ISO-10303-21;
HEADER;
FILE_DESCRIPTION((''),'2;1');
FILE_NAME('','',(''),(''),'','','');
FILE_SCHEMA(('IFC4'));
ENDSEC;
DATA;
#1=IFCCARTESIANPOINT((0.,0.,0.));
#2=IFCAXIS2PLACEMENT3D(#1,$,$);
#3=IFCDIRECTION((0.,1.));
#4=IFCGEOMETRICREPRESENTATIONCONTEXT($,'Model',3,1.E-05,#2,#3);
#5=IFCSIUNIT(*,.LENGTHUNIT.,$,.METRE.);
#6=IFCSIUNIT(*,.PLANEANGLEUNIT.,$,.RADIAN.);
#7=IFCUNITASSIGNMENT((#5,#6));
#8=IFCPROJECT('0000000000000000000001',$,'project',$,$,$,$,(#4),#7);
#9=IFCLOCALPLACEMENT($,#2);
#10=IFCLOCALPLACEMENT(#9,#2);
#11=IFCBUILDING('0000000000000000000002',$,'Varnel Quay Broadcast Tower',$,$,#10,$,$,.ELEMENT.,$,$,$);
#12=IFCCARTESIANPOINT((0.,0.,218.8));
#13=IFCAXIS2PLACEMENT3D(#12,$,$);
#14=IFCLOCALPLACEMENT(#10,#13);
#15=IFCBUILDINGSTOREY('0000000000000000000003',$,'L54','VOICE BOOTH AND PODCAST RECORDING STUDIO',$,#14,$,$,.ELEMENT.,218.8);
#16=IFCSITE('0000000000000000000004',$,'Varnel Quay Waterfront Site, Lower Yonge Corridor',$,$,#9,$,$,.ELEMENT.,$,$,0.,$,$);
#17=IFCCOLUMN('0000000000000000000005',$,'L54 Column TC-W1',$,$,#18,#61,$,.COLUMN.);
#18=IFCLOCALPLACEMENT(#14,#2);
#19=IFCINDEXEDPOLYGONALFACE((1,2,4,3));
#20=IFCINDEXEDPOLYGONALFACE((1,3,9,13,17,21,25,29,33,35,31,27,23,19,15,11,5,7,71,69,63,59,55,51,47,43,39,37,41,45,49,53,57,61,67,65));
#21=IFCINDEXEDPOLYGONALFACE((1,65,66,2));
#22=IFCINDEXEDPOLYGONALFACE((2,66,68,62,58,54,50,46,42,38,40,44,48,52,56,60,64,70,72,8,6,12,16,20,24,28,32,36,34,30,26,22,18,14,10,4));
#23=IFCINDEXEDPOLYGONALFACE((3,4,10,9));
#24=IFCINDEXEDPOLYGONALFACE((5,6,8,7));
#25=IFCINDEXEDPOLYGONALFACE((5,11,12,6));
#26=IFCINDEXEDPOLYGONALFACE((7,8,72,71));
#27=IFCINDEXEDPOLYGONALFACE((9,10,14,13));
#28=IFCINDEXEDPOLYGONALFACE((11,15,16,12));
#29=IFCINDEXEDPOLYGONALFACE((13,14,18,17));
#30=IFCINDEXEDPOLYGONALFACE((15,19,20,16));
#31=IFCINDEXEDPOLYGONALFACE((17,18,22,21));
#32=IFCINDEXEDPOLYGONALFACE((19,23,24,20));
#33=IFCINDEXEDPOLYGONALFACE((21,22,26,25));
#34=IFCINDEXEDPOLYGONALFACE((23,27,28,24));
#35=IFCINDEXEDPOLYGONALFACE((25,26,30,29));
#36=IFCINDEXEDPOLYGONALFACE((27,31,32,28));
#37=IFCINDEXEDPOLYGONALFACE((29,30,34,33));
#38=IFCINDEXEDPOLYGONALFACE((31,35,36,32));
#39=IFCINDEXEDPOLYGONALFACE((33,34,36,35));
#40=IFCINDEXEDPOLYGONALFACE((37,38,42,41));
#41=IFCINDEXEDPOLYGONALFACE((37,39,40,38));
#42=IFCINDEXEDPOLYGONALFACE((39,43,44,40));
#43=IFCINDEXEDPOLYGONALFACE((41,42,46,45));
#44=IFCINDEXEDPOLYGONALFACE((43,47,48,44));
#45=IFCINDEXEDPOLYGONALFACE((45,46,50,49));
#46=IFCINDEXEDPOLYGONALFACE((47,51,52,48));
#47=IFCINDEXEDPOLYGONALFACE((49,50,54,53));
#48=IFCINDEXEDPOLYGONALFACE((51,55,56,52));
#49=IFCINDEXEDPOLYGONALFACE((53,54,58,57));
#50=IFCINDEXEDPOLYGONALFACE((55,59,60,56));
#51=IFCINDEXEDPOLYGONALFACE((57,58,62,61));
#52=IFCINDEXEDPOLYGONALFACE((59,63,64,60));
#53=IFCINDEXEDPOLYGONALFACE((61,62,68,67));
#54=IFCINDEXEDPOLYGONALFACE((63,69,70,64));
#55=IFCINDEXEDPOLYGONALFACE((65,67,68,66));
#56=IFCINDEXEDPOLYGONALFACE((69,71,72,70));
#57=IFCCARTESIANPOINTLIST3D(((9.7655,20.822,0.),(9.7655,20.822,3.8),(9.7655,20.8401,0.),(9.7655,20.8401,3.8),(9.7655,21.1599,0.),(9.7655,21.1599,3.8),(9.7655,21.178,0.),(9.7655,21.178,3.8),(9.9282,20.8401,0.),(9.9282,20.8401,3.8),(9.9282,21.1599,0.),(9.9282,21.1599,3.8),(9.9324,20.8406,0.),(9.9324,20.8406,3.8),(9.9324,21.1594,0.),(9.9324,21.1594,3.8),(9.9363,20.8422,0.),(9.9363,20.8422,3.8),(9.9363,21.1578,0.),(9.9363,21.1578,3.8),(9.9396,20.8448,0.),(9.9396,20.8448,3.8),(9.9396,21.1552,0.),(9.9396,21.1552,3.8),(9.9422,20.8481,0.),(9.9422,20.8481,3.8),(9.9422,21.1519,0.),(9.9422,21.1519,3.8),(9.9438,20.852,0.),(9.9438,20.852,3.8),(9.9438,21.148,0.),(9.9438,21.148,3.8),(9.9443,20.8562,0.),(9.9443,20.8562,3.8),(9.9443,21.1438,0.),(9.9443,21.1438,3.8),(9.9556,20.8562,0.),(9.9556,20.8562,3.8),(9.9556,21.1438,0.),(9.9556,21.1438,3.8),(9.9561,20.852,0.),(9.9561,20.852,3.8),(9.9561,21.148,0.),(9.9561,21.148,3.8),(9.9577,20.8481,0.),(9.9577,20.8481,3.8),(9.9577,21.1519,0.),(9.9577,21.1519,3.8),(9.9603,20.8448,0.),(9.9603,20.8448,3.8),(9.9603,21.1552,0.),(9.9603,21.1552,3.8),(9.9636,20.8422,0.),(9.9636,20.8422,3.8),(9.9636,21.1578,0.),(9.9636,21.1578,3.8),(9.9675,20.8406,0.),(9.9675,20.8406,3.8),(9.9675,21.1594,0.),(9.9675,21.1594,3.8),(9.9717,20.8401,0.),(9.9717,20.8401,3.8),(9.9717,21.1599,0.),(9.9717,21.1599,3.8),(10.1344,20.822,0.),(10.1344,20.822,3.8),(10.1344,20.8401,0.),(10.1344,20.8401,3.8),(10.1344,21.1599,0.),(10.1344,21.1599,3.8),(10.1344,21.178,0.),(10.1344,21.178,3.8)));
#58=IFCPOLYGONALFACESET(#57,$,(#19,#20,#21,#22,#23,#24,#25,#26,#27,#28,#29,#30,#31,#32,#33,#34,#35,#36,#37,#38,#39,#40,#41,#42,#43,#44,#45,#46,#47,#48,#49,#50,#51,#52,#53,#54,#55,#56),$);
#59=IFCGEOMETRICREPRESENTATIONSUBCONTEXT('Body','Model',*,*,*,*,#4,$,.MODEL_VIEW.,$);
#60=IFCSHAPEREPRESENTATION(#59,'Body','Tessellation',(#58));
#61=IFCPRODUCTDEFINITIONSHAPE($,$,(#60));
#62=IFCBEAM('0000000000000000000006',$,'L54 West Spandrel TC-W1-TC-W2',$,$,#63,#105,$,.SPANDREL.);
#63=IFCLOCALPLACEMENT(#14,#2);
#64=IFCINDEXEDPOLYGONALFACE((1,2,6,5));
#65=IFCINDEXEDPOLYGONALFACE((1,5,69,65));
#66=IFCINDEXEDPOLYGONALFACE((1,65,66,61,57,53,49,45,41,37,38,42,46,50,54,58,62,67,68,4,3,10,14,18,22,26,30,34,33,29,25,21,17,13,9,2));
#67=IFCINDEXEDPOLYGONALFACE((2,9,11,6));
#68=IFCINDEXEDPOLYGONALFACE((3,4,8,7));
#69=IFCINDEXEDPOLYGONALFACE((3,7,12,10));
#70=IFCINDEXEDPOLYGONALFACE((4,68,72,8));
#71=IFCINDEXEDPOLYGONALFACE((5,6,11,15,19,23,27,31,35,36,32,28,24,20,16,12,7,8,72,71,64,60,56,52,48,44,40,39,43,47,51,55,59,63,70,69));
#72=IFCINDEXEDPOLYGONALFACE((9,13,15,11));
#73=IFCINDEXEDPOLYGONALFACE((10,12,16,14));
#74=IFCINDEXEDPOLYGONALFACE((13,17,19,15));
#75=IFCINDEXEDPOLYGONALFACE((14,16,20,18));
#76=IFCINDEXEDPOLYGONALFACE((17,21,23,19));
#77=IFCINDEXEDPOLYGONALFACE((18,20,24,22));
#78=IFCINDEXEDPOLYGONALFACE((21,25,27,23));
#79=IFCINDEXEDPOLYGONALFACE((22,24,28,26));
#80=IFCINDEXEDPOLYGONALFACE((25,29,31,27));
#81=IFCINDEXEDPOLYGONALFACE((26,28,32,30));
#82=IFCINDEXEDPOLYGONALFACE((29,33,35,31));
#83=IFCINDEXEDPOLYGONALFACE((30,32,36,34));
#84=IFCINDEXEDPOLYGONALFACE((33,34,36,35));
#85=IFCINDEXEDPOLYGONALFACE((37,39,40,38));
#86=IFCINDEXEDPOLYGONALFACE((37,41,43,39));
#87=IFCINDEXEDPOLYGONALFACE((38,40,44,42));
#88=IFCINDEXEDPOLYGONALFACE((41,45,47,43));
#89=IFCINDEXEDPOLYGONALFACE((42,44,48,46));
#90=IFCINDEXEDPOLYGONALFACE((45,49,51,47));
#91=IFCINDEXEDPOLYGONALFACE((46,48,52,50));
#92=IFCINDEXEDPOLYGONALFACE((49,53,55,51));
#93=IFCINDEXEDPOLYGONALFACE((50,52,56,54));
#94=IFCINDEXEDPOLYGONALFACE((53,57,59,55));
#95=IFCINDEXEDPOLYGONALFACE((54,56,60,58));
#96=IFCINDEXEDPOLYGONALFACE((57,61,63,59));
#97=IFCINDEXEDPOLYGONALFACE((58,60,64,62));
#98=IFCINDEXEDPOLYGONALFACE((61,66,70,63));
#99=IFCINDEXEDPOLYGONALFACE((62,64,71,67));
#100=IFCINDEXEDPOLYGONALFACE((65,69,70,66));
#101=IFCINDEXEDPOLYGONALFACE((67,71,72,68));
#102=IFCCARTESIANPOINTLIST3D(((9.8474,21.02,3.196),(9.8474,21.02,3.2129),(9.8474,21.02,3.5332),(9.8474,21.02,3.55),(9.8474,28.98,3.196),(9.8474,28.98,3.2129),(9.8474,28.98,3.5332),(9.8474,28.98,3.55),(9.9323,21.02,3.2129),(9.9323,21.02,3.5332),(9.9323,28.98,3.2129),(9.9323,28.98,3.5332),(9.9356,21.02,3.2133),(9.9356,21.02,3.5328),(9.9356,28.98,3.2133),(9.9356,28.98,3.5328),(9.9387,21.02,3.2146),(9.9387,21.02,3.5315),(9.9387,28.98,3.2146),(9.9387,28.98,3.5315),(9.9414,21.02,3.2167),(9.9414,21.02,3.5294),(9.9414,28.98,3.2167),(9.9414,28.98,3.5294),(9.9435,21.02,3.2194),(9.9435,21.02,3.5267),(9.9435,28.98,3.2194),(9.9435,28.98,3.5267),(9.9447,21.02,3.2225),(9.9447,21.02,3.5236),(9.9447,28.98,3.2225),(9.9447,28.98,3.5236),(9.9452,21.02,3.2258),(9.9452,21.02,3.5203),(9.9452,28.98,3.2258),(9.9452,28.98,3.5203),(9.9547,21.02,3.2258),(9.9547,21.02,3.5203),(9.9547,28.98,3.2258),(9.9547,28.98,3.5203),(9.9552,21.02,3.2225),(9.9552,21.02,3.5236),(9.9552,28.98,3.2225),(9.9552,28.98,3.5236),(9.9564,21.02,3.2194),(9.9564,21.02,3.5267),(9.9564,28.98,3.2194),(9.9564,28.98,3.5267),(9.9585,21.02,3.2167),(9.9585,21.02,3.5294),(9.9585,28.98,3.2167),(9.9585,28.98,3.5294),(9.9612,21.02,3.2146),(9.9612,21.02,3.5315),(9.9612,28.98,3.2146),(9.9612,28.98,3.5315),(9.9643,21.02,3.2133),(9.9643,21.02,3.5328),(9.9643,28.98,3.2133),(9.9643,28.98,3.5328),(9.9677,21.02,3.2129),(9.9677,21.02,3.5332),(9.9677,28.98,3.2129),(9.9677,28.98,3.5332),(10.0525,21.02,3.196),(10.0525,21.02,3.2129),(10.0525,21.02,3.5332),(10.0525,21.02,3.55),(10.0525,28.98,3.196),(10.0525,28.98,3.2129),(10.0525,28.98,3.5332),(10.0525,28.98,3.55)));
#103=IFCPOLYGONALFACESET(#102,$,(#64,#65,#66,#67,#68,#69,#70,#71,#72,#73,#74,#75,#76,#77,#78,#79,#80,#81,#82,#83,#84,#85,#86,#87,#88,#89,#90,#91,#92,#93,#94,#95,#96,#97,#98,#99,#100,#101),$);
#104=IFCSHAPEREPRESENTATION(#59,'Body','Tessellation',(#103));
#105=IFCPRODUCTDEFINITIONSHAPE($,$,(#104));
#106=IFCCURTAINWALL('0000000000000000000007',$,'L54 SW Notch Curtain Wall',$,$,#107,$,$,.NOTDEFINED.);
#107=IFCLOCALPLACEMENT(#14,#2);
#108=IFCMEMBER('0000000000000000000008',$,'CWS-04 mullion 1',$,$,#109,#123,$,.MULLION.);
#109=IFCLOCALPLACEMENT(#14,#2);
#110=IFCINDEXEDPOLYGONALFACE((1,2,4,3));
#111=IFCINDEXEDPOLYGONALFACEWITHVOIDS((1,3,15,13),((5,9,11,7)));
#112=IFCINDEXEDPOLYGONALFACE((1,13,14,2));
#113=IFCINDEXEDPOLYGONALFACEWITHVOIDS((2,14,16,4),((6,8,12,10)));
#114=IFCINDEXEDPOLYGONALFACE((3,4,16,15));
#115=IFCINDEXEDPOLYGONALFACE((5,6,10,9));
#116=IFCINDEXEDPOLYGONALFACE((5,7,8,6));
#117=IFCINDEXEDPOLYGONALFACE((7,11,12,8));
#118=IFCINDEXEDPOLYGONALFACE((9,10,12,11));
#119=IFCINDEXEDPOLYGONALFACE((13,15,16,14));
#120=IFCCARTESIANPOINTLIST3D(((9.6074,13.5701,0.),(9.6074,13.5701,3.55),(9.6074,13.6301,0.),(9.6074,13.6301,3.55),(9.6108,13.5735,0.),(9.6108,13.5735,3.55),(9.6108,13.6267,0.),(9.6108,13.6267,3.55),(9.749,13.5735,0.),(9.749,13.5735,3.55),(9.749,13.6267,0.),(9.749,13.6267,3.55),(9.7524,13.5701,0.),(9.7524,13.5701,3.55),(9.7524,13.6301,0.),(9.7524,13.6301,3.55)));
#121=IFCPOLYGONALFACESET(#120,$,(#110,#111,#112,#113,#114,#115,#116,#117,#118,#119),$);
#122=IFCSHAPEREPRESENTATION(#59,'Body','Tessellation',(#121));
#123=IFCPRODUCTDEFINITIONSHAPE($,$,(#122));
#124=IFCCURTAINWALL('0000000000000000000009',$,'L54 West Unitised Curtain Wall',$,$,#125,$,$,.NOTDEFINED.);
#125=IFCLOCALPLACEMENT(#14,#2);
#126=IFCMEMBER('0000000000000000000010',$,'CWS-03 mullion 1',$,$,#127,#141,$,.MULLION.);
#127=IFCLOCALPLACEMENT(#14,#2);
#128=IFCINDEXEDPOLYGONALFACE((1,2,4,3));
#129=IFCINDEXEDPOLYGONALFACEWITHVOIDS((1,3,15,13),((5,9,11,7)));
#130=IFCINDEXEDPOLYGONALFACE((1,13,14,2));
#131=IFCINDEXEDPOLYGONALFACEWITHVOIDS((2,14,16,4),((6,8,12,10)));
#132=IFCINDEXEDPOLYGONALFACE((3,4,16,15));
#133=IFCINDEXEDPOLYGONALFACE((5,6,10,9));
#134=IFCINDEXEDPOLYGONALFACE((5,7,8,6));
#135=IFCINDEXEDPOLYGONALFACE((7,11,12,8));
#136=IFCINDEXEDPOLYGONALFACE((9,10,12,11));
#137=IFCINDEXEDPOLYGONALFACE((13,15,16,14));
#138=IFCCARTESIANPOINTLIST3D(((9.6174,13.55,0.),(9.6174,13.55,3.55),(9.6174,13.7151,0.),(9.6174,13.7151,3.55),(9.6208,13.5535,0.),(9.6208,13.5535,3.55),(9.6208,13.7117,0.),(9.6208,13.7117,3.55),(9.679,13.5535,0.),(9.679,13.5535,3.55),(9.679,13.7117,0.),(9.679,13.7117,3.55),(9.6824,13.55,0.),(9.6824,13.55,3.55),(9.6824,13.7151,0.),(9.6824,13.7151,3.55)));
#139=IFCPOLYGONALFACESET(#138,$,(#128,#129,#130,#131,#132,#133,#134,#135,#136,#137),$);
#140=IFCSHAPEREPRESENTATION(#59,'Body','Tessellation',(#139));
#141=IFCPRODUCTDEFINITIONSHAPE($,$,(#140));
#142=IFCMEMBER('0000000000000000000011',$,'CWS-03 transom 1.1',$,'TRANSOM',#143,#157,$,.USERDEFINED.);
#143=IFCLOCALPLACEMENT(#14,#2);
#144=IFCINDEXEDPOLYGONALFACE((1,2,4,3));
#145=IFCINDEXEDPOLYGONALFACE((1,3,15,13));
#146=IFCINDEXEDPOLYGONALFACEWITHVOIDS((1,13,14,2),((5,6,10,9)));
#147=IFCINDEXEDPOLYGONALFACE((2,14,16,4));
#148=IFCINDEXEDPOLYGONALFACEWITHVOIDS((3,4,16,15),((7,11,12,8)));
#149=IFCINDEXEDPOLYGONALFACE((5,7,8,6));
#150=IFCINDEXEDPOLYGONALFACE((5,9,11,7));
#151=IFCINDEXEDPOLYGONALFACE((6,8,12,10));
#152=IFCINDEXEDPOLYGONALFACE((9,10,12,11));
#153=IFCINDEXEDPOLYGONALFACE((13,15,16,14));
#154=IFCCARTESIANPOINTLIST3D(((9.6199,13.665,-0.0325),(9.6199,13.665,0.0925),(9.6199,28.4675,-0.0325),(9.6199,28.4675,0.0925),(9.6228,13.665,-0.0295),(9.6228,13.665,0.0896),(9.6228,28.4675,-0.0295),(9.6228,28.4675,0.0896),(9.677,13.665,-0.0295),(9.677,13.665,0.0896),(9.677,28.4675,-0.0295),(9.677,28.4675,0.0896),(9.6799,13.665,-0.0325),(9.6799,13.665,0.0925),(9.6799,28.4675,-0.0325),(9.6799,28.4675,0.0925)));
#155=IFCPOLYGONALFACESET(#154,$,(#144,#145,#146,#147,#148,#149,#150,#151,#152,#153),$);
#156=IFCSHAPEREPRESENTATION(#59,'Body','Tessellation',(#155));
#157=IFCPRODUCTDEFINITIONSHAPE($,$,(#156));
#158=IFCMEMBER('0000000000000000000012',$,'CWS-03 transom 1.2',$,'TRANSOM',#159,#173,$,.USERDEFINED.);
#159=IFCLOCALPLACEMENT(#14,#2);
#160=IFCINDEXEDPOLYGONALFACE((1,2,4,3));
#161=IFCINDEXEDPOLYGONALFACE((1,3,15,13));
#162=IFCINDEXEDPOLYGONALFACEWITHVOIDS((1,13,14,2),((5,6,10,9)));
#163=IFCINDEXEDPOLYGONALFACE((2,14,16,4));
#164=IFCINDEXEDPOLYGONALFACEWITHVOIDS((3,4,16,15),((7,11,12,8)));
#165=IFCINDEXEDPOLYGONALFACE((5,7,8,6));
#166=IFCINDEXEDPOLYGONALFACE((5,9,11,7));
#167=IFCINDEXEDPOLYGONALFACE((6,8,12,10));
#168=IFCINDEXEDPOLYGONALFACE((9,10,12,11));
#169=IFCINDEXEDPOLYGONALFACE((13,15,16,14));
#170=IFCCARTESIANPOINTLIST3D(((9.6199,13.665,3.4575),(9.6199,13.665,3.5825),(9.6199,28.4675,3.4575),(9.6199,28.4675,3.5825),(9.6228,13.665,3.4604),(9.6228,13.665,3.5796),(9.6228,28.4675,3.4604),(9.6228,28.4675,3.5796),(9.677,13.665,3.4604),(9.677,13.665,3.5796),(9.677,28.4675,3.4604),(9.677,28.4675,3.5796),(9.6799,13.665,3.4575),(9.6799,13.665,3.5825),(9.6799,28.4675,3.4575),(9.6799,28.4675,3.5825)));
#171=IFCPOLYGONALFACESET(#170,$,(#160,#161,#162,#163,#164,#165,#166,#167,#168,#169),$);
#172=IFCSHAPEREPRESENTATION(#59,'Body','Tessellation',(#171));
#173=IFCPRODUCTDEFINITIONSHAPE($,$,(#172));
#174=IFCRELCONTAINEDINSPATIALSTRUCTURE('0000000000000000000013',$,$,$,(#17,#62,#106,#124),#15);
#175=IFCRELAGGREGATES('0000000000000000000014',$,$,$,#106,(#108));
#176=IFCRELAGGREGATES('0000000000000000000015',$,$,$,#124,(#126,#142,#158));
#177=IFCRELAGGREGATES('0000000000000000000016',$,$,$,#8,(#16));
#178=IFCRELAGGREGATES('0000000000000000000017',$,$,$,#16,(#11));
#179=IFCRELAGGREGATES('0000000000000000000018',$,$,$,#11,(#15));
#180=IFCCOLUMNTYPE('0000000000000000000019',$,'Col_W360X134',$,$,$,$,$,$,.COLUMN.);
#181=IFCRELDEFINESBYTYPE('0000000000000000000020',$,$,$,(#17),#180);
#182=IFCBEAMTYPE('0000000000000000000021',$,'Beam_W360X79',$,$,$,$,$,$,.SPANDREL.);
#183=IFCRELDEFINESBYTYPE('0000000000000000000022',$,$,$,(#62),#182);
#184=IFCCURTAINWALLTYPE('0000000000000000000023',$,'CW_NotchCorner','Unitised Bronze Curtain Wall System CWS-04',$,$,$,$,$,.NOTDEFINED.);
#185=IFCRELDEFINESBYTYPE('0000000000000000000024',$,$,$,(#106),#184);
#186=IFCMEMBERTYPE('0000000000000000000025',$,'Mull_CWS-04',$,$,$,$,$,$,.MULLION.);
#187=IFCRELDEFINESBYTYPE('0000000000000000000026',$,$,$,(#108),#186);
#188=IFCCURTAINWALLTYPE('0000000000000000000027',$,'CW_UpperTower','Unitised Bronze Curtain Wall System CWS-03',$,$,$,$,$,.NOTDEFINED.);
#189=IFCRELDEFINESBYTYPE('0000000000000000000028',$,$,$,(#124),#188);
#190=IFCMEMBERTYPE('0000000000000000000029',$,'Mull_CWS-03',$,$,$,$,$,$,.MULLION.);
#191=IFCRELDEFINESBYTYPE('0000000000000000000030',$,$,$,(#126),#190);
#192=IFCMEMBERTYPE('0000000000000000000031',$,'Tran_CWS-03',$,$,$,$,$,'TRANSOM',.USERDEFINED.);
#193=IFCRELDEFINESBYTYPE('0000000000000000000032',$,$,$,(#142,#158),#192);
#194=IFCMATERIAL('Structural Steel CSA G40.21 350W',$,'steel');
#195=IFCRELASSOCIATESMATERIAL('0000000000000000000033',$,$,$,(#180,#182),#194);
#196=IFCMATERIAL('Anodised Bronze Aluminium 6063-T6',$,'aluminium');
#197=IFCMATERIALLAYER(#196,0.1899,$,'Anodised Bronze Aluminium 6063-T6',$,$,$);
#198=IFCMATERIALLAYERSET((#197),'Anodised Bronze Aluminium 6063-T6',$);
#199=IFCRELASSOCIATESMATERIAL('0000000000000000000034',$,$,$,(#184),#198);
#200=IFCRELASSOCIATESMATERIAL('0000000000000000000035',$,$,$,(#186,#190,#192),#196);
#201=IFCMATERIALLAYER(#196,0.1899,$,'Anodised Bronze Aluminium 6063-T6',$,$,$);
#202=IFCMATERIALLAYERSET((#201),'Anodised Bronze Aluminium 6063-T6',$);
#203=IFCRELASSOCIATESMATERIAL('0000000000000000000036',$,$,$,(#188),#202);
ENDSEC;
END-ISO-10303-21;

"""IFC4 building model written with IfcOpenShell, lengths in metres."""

from ifc_helpers import new_model, si_unit, direction, frame, origin, origin_2d, place, context, subcontext, project, spatial, hollow_rectangle, i_section, extrude, source, transform, mapped, material, layer, layer_set, material_profile, profile_set, type_object, type_shapes, element, aggregate, save


model = new_model("IFC4")

# Units and contexts
model_context = context("Model", 3, precision=1e-05, world=origin(), true_north=direction((0.0, 1.0)))
body_context = subcontext(model_context, "Body", "Model", "MODEL_VIEW")
ifc_project = project(units=[si_unit("LENGTHUNIT", "METRE"), si_unit("PLANEANGLEUNIT", "RADIAN")], contexts=[model_context])

# Site, building, storey
site_placement = place(None, origin())
site = spatial("IfcSite", under=ifc_project, at=site_placement, Name="Varnel Quay Waterfront Site, Lower Yonge Corridor", CompositionType="ELEMENT", RefElevation=0.0)
building_placement = place(site_placement, origin())
building = spatial("IfcBuilding", under=site, at=building_placement, Name="Varnel Quay Broadcast Tower", CompositionType="ELEMENT")
storey_placement = place(building_placement, frame((0.0, 0.0, 218.8)))
storey = spatial("IfcBuildingStorey", under=building, at=storey_placement, Name="L54", Description="VOICE BOOTH AND PODCAST RECORDING STUDIO", CompositionType="ELEMENT", Elevation=218.8)

# Column
ifc_material_1 = material(Name="Structural Steel CSA G40.21 350W", Category="steel")
ifc_material_profile_1 = material_profile(ifc_material_1, i_section(OverallWidth=0.3689, OverallDepth=0.356, WebThickness=0.0112, FlangeThickness=0.0181, FilletRadius=0.0161, at=origin_2d()), Name="W360X134")
ifc_profile_set_1 = profile_set([ifc_material_profile_1], Name="Structural Steel CSA G40.21 350W")
column_type = type_object("IfcColumnType", Name="Col_W360X134", PredefinedType="COLUMN", material=ifc_profile_set_1)
shared_shape_1 = source(origin(), body_context, "Body", "SweptSolid", [
    extrude(i_section(OverallWidth=0.3689, OverallDepth=0.356, WebThickness=0.0112, FlangeThickness=0.0181, FilletRadius=0.0161, at=origin_2d()), origin(), (0.0, 0.0, 1.0), 3.8),
])
type_shapes(column_type, [shared_shape_1])
column_placement = place(storey_placement, frame((9.95, 21.0, 0.0), z_axis=(0.0, 0.0, 1.0), x_axis=(1.0, 0.0, 0.0)))
element("IfcColumn", 1, at=column_placement, inside=storey, type_object=column_type, Name="L54 Column TC-W1", PredefinedType="COLUMN", context=body_context, shape_type="MappedRepresentation", body=[
    mapped(shared_shape_1, transform((0.0, 0.0, 0.0), x_axis=(1.0, 0.0, 0.0), y_axis=(0.0, 1.0, 0.0), z_axis=(0.0, 0.0, 1.0), scale=1.0)),
])

# Beam
ifc_material_profile_2 = material_profile(ifc_material_1, i_section(OverallWidth=0.2051, OverallDepth=0.354, WebThickness=0.0095, FlangeThickness=0.0168, FilletRadius=0.0129, at=origin_2d()), Name="W360X79")
ifc_profile_set_2 = profile_set([ifc_material_profile_2], Name="Structural Steel CSA G40.21 350W")
beam_type = type_object("IfcBeamType", Name="Beam_W360X79", PredefinedType="SPANDREL", material=ifc_profile_set_2)
shared_shape_2 = source(origin(), body_context, "Body", "SweptSolid", [
    extrude(i_section(OverallWidth=0.2051, OverallDepth=0.354, WebThickness=0.0095, FlangeThickness=0.0168, FilletRadius=0.0129, at=origin_2d()), origin(), (0.0, 0.0, 1.0), 7.96),
])
type_shapes(beam_type, [shared_shape_2])
beam_placement = place(storey_placement, frame((9.95, 21.02, 3.373), z_axis=(0.0, 1.0, 0.0), x_axis=(-1.0, 0.0, 0.0)))
element("IfcBeam", 2, at=beam_placement, inside=storey, type_object=beam_type, Name="L54 West Spandrel TC-W1-TC-W2", PredefinedType="SPANDREL", context=body_context, shape_type="MappedRepresentation", body=[
    mapped(shared_shape_2, transform((0.0, 0.0, 0.0), x_axis=(1.0, 0.0, 0.0), y_axis=(0.0, 1.0, 0.0), z_axis=(0.0, 0.0, 1.0), scale=1.0)),
])

# Curtain wall, member
ifc_material_2 = material(Name="Anodised Bronze Aluminium 6063-T6", Category="aluminium")
ifc_layer_1 = layer(ifc_material_2, 0.1899, Name="Anodised Bronze Aluminium 6063-T6")
ifc_layer_set_1 = layer_set([ifc_layer_1], Name="Anodised Bronze Aluminium 6063-T6")
curtain_wall_type_1 = type_object("IfcCurtainWallType", Name="CW_NotchCorner", Description="Unitised Bronze Curtain Wall System CWS-04", PredefinedType="NOTDEFINED", material=ifc_layer_set_1)
curtain_wall_1_placement = place(storey_placement, origin())
curtain_wall_1 = element("IfcCurtainWall", 3, at=curtain_wall_1_placement, inside=storey, type_object=curtain_wall_type_1, Name="L54 SW Notch Curtain Wall", PredefinedType="NOTDEFINED")
ifc_material_profile_3 = material_profile(ifc_material_2, hollow_rectangle(XDim=0.0601, YDim=0.145, WallThickness=0.0034, at=origin_2d()), Name="ALU60X145X3.5")
ifc_profile_set_3 = profile_set([ifc_material_profile_3], Name="Anodised Bronze Aluminium 6063-T6")
member_type_1 = type_object("IfcMemberType", Name="Mull_CWS-04", PredefinedType="MULLION", material=ifc_profile_set_3)
shared_shape_3 = source(origin(), body_context, "Body", "SweptSolid", [
    extrude(hollow_rectangle(XDim=0.0601, YDim=0.145, WallThickness=0.0034, at=origin_2d()), origin(), (0.0, 0.0, 1.0), 3.55),
])
type_shapes(member_type_1, [shared_shape_3])
member_1_placement = place(storey_placement, frame((9.6799, 13.6001, 0.0), z_axis=(0.0, 0.0, 1.0), x_axis=(0.0, 1.0, 0.0)))
member_1 = element("IfcMember", 4, at=member_1_placement, type_object=member_type_1, Name="CWS-04 mullion 1", PredefinedType="MULLION", context=body_context, shape_type="MappedRepresentation", body=[
    mapped(shared_shape_3, transform((0.0, 0.0, 0.0), x_axis=(1.0, 0.0, 0.0), y_axis=(0.0, 1.0, 0.0), z_axis=(0.0, 0.0, 1.0), scale=1.0)),
])

# Curtain wall, members
ifc_layer_2 = layer(ifc_material_2, 0.1899, Name="Anodised Bronze Aluminium 6063-T6")
ifc_layer_set_2 = layer_set([ifc_layer_2], Name="Anodised Bronze Aluminium 6063-T6")
curtain_wall_type_2 = type_object("IfcCurtainWallType", Name="CW_UpperTower", Description="Unitised Bronze Curtain Wall System CWS-03", PredefinedType="NOTDEFINED", material=ifc_layer_set_2)
curtain_wall_2_placement = place(storey_placement, origin())
curtain_wall_2 = element("IfcCurtainWall", 5, at=curtain_wall_2_placement, inside=storey, type_object=curtain_wall_type_2, Name="L54 West Unitised Curtain Wall", PredefinedType="NOTDEFINED")
ifc_material_profile_4 = material_profile(ifc_material_2, hollow_rectangle(XDim=0.0649, YDim=0.165, WallThickness=0.0034, at=origin_2d()), Name="ALU65X165X3.5")
ifc_profile_set_4 = profile_set([ifc_material_profile_4], Name="Anodised Bronze Aluminium 6063-T6")
member_type_2 = type_object("IfcMemberType", Name="Mull_CWS-03", PredefinedType="MULLION", material=ifc_profile_set_4)
shared_shape_4 = source(origin(), body_context, "Body", "SweptSolid", [
    extrude(hollow_rectangle(XDim=0.0649, YDim=0.165, WallThickness=0.0034, at=origin_2d()), origin(), (0.0, 0.0, 1.0), 3.55),
])
type_shapes(member_type_2, [shared_shape_4])
member_2_placement = place(storey_placement, frame((9.6499, 13.6326, 0.0), z_axis=(0.0, 0.0, 1.0), x_axis=(-1.0, 0.0, 0.0)))
member_2 = element("IfcMember", 6, at=member_2_placement, type_object=member_type_2, Name="CWS-03 mullion 1", PredefinedType="MULLION", context=body_context, shape_type="MappedRepresentation", body=[
    mapped(shared_shape_4, transform((0.0, 0.0, 0.0), x_axis=(1.0, 0.0, 0.0), y_axis=(0.0, 1.0, 0.0), z_axis=(0.0, 0.0, 1.0), scale=1.0)),
])
ifc_material_profile_5 = material_profile(ifc_material_2, hollow_rectangle(XDim=0.0601, YDim=0.125, WallThickness=0.0029, at=origin_2d()), Name="ALU60X125X3")
ifc_profile_set_5 = profile_set([ifc_material_profile_5], Name="Anodised Bronze Aluminium 6063-T6")
member_type_3 = type_object("IfcMemberType", Name="Tran_CWS-03", ElementType="TRANSOM", PredefinedType="USERDEFINED", material=ifc_profile_set_5)
shared_shape_5 = source(origin(), body_context, "Body", "SweptSolid", [
    extrude(hollow_rectangle(XDim=0.0601, YDim=0.125, WallThickness=0.0029, at=origin_2d()), origin(), (0.0, 0.0, 1.0), 14.8025),
])
type_shapes(member_type_3, [shared_shape_5])
member_3_placement = place(storey_placement, frame((9.6499, 13.665, 0.03), z_axis=(0.0, 1.0, 0.0), x_axis=(-1.0, 0.0, 0.0)))
member_3 = element("IfcMember", 7, at=member_3_placement, type_object=member_type_3, Name="CWS-03 transom 1.1", ObjectType="TRANSOM", PredefinedType="USERDEFINED", context=body_context, shape_type="MappedRepresentation", body=[
    mapped(shared_shape_5, transform((0.0, 0.0, 0.0), x_axis=(1.0, 0.0, 0.0), y_axis=(0.0, 1.0, 0.0), z_axis=(0.0, 0.0, 1.0), scale=1.0)),
])
member_4_placement = place(storey_placement, frame((9.6499, 13.665, 3.52), z_axis=(0.0, 1.0, 0.0), x_axis=(-1.0, 0.0, 0.0)))
member_4 = element("IfcMember", 8, at=member_4_placement, type_object=member_type_3, Name="CWS-03 transom 1.2", ObjectType="TRANSOM", PredefinedType="USERDEFINED", context=body_context, shape_type="MappedRepresentation", body=[
    mapped(shared_shape_5, transform((0.0, 0.0, 0.0), x_axis=(1.0, 0.0, 0.0), y_axis=(0.0, 1.0, 0.0), z_axis=(0.0, 0.0, 1.0), scale=1.0)),
])

aggregate(curtain_wall_1, [member_1])

aggregate(curtain_wall_2, [member_2, member_3, member_4])

save(model, "model.ifc")
